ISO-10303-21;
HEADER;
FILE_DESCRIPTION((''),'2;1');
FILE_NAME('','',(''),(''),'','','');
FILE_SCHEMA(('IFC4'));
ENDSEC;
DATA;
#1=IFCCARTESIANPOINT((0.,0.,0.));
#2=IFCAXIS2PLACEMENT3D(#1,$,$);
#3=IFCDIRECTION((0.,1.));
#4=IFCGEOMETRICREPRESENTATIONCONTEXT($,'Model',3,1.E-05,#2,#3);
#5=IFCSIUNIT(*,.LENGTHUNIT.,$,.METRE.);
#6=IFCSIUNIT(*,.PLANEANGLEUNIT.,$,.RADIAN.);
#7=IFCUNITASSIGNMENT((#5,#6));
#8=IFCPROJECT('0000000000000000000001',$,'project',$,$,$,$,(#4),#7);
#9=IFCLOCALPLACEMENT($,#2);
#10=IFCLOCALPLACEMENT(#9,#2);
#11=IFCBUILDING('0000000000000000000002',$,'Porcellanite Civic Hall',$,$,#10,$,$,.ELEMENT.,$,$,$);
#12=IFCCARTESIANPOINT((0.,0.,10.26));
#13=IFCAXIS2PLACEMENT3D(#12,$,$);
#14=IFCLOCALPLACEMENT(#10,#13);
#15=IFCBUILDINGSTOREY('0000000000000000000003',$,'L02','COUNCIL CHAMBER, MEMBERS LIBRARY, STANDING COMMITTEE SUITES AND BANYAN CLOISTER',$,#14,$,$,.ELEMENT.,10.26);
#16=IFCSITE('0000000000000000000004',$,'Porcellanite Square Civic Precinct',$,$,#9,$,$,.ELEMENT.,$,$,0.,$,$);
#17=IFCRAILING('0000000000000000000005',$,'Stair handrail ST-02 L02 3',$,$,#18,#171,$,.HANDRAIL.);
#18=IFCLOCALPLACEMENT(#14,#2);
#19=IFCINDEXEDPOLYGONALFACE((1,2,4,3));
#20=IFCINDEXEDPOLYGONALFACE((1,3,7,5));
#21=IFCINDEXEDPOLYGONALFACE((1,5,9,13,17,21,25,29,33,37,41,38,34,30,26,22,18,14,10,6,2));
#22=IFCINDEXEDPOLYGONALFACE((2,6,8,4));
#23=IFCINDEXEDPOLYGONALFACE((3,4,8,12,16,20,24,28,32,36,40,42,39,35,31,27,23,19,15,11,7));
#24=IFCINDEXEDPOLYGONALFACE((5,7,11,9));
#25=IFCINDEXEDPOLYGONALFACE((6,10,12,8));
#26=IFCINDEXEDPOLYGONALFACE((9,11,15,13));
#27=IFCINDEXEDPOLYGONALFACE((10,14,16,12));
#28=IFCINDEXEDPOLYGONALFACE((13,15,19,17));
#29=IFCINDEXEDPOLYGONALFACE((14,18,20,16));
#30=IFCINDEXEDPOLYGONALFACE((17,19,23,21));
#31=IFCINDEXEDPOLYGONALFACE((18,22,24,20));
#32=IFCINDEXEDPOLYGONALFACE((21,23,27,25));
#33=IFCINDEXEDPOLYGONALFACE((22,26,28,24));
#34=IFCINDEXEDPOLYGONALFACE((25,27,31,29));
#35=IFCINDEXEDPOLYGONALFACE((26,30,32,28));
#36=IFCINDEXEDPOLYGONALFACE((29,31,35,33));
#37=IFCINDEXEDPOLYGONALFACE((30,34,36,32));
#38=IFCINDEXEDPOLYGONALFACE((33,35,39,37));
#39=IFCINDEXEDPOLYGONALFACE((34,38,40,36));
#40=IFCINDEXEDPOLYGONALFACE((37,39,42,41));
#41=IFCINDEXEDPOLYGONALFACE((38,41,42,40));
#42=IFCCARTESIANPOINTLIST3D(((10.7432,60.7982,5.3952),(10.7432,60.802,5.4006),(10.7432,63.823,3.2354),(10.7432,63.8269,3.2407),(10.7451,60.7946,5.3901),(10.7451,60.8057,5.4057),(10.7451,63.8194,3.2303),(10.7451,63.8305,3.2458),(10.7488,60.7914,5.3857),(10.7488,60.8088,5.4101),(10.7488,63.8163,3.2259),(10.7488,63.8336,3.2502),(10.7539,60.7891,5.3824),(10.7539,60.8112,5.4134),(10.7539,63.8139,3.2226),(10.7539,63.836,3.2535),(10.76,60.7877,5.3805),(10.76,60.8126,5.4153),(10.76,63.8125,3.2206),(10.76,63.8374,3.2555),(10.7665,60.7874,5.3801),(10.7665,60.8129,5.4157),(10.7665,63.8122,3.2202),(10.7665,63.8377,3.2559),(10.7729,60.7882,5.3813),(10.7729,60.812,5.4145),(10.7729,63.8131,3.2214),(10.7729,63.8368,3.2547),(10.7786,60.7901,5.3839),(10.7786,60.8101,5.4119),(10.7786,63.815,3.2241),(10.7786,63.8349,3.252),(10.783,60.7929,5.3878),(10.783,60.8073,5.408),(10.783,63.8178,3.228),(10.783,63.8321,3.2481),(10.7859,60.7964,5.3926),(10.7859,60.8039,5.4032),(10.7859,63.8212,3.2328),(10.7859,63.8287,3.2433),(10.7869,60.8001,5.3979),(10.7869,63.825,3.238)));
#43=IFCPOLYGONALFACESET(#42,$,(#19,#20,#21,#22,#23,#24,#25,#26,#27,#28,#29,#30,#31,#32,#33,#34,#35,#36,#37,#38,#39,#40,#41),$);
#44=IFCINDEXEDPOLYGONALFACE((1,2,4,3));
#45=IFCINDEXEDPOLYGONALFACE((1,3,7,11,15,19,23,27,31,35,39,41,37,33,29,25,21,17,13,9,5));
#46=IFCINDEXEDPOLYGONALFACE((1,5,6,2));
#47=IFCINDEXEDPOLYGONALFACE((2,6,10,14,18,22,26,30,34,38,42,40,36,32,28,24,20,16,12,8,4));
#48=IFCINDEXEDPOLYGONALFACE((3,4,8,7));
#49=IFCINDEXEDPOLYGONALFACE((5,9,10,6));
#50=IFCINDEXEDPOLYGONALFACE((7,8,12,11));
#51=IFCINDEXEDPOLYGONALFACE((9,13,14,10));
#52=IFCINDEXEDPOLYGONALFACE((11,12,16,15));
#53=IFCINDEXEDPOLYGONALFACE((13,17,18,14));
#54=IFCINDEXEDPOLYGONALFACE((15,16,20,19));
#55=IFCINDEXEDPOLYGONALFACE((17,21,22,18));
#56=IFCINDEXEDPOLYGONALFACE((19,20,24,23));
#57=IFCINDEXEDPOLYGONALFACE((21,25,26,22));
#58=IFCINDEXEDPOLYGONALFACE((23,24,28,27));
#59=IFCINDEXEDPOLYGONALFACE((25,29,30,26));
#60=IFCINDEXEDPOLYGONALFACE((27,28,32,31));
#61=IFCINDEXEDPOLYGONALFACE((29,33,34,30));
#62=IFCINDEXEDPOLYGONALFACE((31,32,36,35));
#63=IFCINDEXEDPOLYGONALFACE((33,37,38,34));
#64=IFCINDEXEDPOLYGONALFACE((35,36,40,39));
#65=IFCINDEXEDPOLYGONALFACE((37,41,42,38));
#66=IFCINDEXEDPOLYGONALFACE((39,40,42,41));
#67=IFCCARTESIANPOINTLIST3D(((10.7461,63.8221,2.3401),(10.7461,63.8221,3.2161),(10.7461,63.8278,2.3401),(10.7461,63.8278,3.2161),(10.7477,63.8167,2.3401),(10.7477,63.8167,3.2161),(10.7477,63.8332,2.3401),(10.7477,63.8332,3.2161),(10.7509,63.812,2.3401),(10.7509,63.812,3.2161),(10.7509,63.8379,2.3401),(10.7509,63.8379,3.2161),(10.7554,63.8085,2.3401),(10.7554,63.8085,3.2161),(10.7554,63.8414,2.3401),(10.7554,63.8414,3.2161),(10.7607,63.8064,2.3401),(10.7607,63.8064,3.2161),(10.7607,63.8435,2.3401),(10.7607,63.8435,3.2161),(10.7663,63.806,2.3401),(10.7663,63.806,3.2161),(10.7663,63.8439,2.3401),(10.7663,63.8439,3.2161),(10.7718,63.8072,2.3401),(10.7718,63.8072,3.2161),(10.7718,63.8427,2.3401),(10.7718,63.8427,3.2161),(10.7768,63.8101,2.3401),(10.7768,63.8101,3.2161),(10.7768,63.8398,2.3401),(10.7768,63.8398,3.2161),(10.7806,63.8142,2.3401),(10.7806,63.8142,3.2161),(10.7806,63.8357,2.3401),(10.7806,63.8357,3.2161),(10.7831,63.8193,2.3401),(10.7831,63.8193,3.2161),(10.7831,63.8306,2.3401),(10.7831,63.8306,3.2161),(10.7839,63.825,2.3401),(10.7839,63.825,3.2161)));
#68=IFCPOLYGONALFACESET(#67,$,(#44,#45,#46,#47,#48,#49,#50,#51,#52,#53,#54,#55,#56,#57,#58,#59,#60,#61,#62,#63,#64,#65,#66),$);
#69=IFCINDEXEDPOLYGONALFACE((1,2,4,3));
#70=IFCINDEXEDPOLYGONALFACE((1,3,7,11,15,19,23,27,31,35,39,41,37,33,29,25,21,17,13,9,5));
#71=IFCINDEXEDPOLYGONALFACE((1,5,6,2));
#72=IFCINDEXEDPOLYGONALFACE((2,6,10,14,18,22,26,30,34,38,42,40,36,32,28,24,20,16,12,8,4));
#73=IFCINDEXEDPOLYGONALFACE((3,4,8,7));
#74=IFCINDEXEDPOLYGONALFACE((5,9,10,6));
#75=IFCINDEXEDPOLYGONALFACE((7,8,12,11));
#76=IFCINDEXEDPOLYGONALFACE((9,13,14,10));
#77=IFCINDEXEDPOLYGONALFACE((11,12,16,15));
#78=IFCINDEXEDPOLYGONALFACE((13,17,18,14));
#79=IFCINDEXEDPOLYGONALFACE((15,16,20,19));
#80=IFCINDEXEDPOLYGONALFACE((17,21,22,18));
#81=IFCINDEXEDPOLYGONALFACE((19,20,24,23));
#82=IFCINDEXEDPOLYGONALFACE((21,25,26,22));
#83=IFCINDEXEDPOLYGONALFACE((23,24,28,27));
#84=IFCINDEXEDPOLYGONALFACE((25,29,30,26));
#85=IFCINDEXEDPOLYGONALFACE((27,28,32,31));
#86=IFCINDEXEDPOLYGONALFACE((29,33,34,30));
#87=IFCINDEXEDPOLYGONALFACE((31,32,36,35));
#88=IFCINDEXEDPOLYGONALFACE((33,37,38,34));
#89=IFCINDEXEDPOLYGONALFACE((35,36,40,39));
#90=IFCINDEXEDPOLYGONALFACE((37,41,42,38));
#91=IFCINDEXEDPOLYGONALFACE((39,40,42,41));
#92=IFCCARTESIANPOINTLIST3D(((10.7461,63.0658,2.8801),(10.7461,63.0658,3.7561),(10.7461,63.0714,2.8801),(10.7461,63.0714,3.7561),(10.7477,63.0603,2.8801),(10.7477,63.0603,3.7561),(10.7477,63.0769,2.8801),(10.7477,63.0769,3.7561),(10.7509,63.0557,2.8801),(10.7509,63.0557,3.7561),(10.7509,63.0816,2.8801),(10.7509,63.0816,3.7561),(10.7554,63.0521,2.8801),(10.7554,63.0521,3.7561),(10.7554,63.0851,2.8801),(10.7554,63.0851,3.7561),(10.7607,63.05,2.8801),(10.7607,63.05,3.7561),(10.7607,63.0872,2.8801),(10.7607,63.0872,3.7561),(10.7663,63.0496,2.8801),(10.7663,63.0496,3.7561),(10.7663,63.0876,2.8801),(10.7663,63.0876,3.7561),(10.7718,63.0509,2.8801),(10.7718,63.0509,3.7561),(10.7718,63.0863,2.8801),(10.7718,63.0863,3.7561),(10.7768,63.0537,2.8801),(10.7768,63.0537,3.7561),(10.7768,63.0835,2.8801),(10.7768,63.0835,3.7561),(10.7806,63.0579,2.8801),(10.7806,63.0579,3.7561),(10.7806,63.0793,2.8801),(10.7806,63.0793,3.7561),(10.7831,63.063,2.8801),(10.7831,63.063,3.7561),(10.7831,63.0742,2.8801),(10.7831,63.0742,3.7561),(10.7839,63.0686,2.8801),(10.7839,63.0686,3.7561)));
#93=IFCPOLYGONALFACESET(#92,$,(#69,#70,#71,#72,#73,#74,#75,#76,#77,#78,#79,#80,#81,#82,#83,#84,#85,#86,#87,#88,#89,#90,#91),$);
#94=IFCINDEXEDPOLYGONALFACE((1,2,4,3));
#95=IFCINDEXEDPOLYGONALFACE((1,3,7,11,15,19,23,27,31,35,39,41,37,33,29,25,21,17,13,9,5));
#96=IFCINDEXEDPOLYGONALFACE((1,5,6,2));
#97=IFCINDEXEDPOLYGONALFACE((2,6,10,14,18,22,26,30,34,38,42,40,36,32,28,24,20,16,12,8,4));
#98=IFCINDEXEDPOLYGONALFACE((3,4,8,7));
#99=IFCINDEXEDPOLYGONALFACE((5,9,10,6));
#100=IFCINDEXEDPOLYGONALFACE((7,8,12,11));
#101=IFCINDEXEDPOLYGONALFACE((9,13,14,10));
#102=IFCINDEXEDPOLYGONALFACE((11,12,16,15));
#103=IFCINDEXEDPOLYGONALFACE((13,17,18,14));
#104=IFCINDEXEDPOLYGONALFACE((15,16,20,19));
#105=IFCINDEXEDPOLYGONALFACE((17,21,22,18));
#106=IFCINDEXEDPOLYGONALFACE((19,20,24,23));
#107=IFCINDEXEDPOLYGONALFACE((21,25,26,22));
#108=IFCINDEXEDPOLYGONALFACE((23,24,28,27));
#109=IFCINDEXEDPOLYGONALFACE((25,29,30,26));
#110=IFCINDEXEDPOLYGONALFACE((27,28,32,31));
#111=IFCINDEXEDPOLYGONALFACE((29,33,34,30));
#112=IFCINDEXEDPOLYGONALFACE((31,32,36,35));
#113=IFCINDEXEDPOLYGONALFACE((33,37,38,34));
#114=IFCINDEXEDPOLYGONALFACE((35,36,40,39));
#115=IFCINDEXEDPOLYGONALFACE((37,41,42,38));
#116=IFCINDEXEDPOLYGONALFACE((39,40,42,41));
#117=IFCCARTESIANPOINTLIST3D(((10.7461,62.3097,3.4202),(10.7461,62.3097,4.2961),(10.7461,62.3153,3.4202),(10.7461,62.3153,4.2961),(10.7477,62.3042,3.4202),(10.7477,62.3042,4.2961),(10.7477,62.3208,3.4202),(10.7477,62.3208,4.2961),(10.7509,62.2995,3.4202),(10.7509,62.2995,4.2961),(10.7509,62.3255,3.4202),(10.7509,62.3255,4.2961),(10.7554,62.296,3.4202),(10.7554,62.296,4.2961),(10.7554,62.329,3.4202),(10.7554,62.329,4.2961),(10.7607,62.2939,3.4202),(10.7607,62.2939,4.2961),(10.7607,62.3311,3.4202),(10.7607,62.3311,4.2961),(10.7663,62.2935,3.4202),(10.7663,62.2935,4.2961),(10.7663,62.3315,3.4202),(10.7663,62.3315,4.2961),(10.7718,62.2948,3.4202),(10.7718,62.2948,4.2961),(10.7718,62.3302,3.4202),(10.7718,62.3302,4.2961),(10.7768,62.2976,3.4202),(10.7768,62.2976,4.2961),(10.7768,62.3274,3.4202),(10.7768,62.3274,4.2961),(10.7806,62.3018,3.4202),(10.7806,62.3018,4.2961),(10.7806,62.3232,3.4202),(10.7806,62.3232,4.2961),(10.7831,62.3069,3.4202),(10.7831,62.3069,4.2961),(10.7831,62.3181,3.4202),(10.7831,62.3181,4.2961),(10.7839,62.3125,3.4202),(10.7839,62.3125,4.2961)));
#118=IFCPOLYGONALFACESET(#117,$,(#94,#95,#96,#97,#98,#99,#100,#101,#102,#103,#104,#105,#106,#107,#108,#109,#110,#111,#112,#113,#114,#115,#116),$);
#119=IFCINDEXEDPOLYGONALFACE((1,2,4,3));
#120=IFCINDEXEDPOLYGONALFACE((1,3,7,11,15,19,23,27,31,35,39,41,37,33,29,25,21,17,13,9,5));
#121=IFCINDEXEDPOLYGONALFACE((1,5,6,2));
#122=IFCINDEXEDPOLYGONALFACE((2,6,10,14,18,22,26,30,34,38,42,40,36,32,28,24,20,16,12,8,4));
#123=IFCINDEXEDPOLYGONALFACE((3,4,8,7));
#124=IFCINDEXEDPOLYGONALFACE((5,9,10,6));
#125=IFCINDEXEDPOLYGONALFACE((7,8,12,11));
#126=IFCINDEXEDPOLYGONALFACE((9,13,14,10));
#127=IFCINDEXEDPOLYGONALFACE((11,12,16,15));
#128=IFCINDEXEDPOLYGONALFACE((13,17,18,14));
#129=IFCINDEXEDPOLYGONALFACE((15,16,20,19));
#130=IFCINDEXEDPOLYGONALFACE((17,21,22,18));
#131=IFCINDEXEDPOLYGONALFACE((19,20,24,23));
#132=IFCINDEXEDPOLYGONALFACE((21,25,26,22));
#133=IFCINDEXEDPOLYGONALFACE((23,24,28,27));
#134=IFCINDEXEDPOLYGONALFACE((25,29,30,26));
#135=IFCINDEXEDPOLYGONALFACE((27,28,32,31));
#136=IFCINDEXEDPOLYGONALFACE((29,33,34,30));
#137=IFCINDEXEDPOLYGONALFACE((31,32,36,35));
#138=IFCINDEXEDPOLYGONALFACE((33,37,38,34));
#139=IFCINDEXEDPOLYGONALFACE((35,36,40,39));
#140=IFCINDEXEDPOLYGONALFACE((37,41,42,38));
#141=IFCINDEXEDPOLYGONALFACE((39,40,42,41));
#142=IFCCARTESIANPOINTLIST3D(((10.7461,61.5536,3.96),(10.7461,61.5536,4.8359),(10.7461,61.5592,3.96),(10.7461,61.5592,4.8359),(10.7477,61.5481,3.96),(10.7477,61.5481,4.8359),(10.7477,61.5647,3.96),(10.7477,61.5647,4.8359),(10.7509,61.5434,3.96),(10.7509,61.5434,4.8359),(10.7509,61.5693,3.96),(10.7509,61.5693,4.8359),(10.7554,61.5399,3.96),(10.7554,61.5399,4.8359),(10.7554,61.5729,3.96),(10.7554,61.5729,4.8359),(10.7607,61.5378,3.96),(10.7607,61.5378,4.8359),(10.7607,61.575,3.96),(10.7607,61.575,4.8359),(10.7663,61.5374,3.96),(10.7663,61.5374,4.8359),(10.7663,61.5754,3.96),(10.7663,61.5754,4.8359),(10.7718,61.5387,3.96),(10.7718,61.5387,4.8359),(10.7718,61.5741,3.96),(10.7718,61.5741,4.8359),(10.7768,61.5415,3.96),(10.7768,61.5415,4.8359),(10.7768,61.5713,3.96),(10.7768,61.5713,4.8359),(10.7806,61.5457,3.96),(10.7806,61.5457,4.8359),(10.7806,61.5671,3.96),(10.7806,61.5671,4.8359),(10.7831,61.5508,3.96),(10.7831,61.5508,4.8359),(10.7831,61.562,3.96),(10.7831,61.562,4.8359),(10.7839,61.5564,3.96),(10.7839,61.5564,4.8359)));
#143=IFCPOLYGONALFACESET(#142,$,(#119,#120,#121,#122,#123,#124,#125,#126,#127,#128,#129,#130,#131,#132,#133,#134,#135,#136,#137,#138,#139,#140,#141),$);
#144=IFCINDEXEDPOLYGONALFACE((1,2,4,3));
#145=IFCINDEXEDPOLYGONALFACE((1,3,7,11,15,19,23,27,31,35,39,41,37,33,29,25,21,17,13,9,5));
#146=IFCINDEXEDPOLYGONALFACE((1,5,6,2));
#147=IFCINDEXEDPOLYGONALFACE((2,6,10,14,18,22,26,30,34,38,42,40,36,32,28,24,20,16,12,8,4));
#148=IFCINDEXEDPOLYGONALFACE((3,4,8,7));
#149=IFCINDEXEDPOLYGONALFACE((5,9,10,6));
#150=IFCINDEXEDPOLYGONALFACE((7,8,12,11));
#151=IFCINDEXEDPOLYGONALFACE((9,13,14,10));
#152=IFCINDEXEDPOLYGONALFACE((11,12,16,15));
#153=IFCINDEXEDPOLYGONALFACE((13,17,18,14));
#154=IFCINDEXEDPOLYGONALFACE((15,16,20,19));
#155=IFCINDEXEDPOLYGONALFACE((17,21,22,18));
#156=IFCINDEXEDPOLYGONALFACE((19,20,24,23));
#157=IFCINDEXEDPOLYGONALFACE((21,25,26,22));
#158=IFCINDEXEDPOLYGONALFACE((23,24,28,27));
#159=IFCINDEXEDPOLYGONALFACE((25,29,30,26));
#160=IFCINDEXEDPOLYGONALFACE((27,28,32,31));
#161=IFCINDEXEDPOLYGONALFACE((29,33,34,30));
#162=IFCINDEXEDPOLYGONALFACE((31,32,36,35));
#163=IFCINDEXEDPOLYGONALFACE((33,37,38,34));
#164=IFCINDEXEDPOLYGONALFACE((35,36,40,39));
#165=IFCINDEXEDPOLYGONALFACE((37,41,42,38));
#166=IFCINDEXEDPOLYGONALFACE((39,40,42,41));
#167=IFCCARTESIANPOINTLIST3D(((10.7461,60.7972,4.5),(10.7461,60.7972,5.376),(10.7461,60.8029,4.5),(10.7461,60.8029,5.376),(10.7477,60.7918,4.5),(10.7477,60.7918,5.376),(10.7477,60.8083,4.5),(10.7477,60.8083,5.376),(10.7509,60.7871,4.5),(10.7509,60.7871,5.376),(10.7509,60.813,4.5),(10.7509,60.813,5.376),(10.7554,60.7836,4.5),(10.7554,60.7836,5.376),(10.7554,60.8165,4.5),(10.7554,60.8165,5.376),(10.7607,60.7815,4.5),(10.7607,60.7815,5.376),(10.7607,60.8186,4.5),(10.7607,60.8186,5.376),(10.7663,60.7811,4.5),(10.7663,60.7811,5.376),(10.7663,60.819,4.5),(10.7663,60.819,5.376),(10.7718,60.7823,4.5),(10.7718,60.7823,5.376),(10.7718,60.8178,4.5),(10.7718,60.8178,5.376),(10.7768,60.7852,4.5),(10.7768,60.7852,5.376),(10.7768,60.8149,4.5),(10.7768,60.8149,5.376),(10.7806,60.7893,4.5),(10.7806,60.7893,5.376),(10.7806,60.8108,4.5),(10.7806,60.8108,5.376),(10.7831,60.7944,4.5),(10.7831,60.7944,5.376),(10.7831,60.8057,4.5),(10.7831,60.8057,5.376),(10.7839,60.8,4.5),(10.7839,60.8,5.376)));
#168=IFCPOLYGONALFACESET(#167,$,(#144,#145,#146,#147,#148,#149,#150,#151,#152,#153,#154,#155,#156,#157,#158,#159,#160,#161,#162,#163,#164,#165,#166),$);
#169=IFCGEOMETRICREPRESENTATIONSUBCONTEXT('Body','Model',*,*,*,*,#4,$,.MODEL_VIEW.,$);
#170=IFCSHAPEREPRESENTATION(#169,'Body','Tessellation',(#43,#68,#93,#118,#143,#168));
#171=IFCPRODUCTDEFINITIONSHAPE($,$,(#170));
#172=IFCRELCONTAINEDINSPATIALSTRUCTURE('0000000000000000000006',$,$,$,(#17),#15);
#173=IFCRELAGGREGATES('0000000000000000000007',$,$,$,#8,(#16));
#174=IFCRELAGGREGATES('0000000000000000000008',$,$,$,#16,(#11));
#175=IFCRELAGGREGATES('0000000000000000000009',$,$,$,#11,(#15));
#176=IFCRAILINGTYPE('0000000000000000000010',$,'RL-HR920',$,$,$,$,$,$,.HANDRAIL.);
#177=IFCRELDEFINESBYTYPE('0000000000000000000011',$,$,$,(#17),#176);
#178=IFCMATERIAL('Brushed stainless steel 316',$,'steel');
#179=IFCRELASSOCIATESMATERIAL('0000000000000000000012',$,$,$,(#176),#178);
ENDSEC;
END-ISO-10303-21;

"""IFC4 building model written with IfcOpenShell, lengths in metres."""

from ifc_helpers import new_model, si_unit, direction, frame, origin, origin_2d, place, context, subcontext, project, spatial, circle, extrude, material, type_object, element, save


model = new_model("IFC4")

# Units and contexts
model_context = context("Model", 3, precision=1e-05, world=origin(), true_north=direction((0.0, 1.0)))
body_context = subcontext(model_context, "Body", "Model", "MODEL_VIEW")
ifc_project = project(units=[si_unit("LENGTHUNIT", "METRE"), si_unit("PLANEANGLEUNIT", "RADIAN")], contexts=[model_context])

# Site, building, storey
site_placement = place(None, origin())
site = spatial("IfcSite", under=ifc_project, at=site_placement, Name="Porcellanite Square Civic Precinct", CompositionType="ELEMENT", RefElevation=0.0)
building_placement = place(site_placement, origin())
building = spatial("IfcBuilding", under=site, at=building_placement, Name="Porcellanite Civic Hall", CompositionType="ELEMENT")
storey_placement = place(building_placement, frame((0.0, 0.0, 10.26)))
storey = spatial("IfcBuildingStorey", under=building, at=storey_placement, Name="L02", Description="COUNCIL CHAMBER, MEMBERS LIBRARY, STANDING COMMITTEE SUITES AND BANYAN CLOISTER", CompositionType="ELEMENT", Elevation=10.26)

# Railing
ifc_material_1 = material(Name="Brushed stainless steel 316", Category="steel")
railing_type_1 = type_object("IfcRailingType", Name="RL-HR920", PredefinedType="HANDRAIL", material=ifc_material_1)
railing_1_placement = place(storey_placement, frame((10.7649, 63.825, 2.3401)))
element("IfcRailing", 1, at=railing_1_placement, inside=storey, type_object=railing_type_1, Name="Stair handrail ST-02 L02 3", PredefinedType="HANDRAIL", context=body_context, shape_type="SweptSolid", body=[
    extrude(circle(Radius=0.022, at=origin_2d()), frame((0.0, 0.0, 0.8979), z_axis=(0.0, -0.813827, 0.581108), x_axis=(1.0, 0.0, 0.0)), (0.0, 0.0, 1.0), 3.7168),
    extrude(circle(Radius=0.019, at=origin_2d()), origin(), (0.0, 0.0, 1.0), 0.876),
    extrude(circle(Radius=0.019, at=origin_2d()), frame((0.0, -0.7563, 0.54)), (0.0, 0.0, 1.0), 0.876),
    extrude(circle(Radius=0.019, at=origin_2d()), frame((0.0, -1.5125, 1.0801)), (0.0, 0.0, 1.0), 0.876),
    extrude(circle(Radius=0.019, at=origin_2d()), frame((0.0, -2.2686, 1.6199)), (0.0, 0.0, 1.0), 0.876),
    extrude(circle(Radius=0.019, at=origin_2d()), frame((0.0, -3.0249, 2.1599)), (0.0, 0.0, 1.0), 0.876),
])

save(model, "model.ifc")
